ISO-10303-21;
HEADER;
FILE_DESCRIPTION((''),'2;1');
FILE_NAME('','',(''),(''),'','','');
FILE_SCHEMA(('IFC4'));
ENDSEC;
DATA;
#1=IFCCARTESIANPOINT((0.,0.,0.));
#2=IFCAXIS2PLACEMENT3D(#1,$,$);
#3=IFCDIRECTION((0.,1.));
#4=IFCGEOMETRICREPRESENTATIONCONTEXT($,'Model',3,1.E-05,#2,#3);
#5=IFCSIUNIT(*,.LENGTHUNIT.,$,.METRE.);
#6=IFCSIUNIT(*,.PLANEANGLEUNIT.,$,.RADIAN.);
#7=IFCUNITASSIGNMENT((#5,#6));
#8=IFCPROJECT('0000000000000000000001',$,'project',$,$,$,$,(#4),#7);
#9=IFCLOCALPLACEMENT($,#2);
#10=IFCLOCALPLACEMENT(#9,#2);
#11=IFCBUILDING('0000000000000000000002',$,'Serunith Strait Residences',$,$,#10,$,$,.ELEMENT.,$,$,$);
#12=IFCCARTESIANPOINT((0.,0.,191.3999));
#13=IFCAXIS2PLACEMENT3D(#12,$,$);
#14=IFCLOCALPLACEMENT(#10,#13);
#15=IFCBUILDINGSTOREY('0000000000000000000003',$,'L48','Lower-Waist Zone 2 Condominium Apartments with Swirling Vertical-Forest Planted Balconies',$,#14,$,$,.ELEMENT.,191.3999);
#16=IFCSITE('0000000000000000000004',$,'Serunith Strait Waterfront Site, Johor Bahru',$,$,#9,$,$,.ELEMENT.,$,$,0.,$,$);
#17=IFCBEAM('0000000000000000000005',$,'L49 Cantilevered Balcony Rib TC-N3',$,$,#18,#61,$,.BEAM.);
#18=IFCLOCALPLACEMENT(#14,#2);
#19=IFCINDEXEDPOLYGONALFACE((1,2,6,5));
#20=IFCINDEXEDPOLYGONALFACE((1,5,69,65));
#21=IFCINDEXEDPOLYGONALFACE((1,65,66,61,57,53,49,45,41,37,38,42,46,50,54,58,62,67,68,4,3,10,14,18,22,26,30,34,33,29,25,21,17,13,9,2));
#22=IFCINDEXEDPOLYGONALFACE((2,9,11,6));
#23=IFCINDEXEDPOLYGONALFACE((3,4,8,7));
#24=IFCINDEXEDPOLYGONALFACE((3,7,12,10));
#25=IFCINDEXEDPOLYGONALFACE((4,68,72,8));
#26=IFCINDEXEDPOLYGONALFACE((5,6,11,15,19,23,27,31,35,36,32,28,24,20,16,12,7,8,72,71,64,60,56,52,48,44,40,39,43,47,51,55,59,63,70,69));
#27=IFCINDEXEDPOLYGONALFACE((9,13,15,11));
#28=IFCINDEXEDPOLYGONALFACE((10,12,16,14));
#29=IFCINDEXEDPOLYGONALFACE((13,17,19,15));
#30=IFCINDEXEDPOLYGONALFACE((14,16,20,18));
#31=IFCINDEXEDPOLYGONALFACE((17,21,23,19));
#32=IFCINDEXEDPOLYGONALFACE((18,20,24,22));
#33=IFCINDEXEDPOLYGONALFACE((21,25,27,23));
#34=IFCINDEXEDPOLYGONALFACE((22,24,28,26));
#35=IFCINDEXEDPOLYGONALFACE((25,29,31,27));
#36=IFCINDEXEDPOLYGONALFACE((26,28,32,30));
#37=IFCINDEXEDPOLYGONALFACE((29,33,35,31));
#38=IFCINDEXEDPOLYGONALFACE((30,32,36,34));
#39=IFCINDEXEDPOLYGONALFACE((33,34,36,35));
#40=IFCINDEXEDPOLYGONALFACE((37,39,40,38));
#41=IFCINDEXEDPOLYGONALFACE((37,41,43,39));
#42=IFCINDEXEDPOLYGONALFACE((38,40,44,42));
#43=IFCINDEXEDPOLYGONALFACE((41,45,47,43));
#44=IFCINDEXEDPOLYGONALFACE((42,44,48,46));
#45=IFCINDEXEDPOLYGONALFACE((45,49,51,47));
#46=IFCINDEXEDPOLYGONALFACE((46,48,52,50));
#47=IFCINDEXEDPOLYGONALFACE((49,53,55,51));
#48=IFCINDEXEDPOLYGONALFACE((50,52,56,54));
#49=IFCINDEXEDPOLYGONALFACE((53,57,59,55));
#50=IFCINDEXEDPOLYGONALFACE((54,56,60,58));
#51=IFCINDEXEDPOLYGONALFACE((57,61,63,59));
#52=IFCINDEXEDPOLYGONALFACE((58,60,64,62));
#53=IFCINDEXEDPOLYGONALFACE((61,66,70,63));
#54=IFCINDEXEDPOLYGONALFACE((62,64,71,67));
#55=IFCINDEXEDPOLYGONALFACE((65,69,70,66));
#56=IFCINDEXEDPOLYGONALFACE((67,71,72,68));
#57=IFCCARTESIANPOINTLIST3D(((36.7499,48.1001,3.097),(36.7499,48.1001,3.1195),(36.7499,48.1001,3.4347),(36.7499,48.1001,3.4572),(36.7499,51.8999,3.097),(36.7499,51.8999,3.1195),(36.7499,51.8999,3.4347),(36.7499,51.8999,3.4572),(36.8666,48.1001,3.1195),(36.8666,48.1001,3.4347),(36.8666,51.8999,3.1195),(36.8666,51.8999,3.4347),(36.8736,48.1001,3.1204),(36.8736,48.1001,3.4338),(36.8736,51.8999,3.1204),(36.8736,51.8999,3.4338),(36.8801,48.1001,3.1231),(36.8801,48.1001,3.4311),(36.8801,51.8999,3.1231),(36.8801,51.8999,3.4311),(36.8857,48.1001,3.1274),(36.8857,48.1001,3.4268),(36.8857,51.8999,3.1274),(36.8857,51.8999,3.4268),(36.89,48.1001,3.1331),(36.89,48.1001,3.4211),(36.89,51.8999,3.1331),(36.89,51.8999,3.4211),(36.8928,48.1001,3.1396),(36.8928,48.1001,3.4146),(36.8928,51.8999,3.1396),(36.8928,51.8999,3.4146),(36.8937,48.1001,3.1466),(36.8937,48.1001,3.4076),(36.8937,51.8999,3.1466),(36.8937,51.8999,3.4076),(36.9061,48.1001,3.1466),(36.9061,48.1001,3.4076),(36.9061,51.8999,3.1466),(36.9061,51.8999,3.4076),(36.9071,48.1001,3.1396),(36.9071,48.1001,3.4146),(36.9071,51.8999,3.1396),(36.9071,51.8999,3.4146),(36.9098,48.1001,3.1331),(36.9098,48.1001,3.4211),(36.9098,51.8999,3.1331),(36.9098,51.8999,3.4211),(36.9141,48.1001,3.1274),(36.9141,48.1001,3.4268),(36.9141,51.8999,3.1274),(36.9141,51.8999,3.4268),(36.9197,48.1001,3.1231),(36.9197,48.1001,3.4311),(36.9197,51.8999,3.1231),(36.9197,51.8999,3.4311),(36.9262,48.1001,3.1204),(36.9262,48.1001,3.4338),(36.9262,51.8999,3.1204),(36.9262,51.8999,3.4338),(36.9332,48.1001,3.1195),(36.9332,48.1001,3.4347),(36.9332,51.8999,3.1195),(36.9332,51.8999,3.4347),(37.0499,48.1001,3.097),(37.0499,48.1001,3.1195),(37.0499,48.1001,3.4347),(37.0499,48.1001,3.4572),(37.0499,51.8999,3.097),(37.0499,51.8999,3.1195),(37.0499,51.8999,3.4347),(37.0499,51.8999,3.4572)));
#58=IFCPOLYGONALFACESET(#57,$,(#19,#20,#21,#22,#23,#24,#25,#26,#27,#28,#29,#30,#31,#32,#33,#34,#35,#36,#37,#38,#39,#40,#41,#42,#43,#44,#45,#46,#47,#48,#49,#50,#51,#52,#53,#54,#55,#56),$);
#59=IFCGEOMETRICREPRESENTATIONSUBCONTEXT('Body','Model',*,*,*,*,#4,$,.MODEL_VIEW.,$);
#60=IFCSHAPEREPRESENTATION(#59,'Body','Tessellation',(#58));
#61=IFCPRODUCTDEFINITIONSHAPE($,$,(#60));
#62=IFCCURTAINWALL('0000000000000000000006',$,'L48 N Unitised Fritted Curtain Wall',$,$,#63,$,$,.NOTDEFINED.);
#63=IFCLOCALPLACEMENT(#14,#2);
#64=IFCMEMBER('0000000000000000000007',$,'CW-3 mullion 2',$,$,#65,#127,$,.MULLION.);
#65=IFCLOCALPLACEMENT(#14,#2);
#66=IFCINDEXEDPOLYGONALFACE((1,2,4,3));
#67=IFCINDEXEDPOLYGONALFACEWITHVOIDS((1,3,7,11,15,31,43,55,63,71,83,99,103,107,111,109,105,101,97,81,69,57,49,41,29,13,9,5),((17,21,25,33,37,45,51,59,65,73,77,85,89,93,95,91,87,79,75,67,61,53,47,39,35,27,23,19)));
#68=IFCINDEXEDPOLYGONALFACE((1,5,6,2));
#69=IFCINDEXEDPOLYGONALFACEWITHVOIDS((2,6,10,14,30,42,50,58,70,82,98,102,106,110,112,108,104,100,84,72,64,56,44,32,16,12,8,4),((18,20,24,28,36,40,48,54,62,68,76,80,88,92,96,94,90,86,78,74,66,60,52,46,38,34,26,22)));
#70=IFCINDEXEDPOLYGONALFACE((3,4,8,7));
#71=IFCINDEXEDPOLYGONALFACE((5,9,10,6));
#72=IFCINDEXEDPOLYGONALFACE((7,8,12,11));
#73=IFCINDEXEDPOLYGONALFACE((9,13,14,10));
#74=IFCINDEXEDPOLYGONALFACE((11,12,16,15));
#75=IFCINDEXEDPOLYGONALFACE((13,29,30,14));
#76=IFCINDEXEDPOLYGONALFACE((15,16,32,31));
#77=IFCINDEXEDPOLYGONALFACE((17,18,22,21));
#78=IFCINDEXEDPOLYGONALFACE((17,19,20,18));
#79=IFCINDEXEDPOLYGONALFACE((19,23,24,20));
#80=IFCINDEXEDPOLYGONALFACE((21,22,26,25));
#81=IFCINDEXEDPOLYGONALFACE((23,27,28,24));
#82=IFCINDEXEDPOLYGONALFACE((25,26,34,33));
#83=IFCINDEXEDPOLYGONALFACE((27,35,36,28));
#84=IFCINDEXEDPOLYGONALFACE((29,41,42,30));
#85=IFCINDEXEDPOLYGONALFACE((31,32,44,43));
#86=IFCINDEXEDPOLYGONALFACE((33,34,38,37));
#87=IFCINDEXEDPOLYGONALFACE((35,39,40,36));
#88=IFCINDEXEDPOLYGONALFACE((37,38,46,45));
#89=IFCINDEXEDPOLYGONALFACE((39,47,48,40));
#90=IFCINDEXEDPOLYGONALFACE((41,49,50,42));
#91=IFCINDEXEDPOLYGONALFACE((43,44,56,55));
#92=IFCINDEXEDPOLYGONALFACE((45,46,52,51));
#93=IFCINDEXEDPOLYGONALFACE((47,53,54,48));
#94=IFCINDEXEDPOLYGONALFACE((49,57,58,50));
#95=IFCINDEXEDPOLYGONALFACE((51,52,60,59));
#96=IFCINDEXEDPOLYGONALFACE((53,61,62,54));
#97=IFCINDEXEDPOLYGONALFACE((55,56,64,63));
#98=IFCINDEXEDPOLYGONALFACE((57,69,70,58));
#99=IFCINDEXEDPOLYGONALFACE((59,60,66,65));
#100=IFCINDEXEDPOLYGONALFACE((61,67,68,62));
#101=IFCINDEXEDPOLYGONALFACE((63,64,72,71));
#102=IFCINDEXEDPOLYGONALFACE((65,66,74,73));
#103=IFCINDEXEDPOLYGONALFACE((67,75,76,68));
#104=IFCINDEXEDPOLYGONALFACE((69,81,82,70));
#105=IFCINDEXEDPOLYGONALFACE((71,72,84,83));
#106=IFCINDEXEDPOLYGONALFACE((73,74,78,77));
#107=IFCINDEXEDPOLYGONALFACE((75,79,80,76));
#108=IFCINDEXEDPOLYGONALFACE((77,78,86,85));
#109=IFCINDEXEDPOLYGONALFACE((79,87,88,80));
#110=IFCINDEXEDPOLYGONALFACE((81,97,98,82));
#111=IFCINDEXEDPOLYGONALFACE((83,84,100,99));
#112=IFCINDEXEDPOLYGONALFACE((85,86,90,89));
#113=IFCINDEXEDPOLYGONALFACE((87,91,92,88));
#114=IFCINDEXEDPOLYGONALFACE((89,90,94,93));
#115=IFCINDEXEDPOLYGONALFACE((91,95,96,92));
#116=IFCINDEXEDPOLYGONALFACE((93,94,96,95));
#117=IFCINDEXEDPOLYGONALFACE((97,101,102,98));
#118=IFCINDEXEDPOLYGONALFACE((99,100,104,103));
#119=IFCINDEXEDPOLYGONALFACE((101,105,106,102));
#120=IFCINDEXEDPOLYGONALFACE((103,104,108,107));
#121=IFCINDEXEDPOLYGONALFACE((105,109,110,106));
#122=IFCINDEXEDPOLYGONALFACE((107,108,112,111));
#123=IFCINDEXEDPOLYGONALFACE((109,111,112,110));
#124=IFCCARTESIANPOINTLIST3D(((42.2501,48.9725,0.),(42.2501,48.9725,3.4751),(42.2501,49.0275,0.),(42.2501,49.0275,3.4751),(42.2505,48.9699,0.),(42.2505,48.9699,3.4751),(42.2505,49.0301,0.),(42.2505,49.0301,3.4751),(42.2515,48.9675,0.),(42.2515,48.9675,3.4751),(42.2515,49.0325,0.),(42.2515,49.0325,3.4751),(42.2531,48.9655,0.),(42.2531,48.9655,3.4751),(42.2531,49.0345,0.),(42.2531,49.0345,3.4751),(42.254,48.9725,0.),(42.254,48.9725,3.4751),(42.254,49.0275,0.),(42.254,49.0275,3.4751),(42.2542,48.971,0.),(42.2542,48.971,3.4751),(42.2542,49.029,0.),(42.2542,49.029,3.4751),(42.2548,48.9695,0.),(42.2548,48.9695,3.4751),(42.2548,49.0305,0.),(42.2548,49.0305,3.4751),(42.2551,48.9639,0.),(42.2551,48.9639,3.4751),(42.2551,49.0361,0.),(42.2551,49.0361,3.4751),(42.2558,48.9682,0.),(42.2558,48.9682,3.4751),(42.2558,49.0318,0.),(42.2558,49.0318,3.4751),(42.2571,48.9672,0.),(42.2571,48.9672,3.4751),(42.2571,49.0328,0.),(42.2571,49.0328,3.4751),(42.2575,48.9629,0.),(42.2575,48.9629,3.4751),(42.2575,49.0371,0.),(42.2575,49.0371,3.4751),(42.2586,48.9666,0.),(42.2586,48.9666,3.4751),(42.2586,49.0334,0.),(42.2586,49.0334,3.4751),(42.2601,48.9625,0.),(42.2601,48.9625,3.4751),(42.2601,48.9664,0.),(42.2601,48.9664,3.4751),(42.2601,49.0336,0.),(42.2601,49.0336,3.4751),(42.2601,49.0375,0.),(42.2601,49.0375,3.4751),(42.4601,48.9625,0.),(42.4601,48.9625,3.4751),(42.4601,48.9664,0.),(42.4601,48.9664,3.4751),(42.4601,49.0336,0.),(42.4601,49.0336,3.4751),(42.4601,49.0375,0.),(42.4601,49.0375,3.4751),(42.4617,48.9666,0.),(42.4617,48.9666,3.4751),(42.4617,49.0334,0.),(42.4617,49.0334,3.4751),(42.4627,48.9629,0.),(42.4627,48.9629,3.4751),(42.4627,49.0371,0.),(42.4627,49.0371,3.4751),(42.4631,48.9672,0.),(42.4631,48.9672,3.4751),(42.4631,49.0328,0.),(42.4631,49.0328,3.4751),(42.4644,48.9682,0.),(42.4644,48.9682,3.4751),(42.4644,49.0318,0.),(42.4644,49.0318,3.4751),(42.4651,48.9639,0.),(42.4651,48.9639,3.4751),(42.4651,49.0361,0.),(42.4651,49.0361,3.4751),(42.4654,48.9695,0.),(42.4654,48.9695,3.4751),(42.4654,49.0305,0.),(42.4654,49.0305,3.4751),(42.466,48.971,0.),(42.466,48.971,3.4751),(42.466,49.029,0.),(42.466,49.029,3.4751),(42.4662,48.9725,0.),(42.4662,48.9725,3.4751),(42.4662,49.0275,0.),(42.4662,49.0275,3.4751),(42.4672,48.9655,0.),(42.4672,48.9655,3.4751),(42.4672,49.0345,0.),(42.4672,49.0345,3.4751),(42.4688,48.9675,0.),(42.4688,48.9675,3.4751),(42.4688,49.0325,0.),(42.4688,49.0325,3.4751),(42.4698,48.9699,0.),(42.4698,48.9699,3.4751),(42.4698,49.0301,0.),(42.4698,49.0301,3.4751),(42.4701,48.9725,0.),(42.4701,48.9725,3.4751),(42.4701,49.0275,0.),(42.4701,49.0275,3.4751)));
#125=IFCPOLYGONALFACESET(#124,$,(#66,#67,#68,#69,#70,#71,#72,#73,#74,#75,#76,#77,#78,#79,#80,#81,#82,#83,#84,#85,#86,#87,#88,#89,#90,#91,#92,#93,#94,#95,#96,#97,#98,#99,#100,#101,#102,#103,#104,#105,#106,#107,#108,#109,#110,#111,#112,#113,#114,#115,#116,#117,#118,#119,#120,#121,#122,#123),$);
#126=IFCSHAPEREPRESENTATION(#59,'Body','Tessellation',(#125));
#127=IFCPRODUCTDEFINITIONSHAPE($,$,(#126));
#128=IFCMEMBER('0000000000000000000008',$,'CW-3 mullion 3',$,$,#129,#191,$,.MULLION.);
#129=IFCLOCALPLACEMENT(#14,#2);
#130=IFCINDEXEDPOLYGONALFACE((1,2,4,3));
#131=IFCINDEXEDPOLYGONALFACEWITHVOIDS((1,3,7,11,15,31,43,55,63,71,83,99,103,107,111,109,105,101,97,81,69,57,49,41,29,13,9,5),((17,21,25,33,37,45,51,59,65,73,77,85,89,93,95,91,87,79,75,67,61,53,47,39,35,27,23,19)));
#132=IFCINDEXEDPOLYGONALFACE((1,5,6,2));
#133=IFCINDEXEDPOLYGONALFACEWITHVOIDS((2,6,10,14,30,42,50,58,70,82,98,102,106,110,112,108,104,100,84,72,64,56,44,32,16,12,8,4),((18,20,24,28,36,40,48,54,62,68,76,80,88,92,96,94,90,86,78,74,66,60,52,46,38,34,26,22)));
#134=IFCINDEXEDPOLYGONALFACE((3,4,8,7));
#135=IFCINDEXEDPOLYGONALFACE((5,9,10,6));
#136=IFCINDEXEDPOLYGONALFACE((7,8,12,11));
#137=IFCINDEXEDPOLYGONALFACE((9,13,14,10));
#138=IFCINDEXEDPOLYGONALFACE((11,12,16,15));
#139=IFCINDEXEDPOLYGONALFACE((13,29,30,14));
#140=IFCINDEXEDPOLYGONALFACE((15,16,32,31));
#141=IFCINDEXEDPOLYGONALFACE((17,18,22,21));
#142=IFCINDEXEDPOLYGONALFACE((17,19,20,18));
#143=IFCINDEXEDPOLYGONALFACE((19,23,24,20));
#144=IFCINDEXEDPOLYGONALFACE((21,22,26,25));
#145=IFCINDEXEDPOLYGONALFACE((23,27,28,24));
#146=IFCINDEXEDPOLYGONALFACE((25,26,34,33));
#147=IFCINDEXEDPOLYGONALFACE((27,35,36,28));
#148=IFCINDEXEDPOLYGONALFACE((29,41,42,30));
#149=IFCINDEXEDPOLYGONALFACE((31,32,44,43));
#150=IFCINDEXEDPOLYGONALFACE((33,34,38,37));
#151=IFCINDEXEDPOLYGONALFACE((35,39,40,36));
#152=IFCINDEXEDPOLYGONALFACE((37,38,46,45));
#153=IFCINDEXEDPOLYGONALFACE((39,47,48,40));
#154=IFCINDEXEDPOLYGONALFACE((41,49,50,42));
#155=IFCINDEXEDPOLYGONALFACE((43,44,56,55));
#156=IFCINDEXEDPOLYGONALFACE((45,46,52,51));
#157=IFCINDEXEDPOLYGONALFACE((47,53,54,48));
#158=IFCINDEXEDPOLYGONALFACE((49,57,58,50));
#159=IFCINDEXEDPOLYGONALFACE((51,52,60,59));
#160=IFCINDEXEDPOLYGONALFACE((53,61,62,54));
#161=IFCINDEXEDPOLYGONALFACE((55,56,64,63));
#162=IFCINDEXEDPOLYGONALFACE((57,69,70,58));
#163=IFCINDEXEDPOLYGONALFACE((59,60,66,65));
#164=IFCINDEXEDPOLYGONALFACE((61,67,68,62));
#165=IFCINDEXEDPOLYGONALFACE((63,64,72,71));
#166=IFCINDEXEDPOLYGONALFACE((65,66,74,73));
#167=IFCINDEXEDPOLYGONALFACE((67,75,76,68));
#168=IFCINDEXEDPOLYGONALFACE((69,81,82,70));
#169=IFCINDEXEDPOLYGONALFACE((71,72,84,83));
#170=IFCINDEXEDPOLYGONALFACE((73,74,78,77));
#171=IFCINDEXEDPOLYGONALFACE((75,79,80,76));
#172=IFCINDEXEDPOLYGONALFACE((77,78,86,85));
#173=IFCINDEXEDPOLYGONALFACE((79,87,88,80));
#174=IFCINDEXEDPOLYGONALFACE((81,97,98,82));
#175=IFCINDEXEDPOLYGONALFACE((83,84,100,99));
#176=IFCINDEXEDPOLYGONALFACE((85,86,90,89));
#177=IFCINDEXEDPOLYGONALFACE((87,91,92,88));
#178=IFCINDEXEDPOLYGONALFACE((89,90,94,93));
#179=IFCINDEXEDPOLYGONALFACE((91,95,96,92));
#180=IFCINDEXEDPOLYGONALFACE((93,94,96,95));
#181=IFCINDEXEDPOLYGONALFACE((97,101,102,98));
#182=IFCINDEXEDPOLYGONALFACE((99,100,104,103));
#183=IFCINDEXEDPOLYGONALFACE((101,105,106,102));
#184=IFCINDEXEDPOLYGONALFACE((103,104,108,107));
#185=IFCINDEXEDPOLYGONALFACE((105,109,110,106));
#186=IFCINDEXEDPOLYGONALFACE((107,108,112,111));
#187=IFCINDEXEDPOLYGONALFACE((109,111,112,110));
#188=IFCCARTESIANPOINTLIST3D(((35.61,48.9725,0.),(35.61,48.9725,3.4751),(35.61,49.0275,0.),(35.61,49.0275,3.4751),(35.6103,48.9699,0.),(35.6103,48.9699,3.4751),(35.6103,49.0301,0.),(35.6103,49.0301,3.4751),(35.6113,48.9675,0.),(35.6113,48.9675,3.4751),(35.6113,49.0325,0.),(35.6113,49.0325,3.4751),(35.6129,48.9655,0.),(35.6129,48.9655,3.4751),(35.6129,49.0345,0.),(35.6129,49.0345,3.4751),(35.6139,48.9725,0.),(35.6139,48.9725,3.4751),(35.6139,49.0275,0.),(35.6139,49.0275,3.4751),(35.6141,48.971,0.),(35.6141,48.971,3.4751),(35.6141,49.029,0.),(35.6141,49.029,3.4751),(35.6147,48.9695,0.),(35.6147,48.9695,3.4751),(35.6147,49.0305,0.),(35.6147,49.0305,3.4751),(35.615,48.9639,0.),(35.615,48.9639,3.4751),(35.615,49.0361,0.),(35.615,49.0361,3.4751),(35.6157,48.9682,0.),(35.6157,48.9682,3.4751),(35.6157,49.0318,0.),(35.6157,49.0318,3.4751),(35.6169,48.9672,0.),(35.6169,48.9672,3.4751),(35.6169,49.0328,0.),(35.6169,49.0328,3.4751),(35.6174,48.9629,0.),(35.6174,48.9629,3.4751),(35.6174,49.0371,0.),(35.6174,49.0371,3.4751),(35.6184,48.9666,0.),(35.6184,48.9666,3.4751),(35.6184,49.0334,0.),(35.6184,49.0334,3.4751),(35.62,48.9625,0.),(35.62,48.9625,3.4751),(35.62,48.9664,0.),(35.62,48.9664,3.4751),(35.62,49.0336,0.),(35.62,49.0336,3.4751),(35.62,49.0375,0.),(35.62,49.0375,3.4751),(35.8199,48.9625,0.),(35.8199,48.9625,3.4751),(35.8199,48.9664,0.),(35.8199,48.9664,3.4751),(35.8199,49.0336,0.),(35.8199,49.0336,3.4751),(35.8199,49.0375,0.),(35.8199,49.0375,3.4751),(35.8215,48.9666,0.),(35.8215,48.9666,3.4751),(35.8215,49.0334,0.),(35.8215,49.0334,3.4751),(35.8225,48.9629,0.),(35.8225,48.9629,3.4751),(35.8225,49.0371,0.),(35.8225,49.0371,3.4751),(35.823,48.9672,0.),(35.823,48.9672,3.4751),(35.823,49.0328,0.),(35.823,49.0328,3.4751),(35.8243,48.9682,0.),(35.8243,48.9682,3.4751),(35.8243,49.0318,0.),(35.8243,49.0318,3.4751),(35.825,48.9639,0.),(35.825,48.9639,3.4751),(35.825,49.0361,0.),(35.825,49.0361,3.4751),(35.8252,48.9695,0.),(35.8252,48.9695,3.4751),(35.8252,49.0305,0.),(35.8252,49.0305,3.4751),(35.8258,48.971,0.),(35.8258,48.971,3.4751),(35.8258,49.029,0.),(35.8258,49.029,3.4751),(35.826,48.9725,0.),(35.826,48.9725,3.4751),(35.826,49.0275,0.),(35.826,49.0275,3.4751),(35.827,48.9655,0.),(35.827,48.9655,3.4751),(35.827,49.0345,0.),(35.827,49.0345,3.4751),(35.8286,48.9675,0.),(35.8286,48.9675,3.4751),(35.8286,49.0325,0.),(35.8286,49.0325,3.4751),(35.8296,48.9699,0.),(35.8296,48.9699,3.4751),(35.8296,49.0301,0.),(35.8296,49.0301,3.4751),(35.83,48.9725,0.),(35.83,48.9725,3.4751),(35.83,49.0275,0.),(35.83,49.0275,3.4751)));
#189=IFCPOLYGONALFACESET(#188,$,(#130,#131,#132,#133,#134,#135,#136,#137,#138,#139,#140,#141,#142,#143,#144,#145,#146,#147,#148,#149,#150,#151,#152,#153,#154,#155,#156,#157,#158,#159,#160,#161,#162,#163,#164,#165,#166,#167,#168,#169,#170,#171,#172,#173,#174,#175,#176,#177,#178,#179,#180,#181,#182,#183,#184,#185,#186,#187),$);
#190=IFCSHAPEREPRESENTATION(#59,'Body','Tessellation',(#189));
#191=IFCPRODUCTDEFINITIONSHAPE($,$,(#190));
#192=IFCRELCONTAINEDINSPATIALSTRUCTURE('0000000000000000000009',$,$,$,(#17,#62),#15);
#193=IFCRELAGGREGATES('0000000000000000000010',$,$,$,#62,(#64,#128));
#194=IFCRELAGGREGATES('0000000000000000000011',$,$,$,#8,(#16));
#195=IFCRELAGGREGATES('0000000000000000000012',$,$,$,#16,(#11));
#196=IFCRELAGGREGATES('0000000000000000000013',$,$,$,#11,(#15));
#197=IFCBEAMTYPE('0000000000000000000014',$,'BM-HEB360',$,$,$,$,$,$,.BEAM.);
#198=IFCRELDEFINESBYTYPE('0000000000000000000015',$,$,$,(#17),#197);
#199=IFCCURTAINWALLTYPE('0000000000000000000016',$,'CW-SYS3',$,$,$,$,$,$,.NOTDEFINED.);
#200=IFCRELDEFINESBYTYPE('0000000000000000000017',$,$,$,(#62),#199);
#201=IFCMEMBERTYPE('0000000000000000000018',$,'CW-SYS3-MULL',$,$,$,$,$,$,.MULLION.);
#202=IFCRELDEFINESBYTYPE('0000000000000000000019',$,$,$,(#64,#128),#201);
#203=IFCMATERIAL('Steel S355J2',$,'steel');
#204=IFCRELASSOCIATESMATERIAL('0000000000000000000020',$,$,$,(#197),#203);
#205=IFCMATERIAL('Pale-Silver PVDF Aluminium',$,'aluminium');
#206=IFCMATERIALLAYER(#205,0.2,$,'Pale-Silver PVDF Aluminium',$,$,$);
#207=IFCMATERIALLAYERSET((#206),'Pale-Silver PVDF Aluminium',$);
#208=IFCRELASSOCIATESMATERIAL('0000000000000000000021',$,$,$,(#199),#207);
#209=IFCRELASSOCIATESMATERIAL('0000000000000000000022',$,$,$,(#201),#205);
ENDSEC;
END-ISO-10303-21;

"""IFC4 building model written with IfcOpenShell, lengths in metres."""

from ifc_helpers import new_model, si_unit, direction, frame, origin, origin_2d, place, context, subcontext, project, spatial, hollow_rectangle, i_section, extrude, source, transform, mapped, material, layer, layer_set, material_profile, profile_set, type_object, element, aggregate, save


model = new_model("IFC4")

# Units and contexts
model_context = context("Model", 3, precision=1e-05, world=origin(), true_north=direction((0.0, 1.0)))
body_context = subcontext(model_context, "Body", "Model", "MODEL_VIEW")
ifc_project = project(units=[si_unit("LENGTHUNIT", "METRE"), si_unit("PLANEANGLEUNIT", "RADIAN")], contexts=[model_context])

# Site, building, storey
site_placement = place(None, origin())
site = spatial("IfcSite", under=ifc_project, at=site_placement, Name="Serunith Strait Waterfront Site, Johor Bahru", CompositionType="ELEMENT", RefElevation=0.0)
building_placement = place(site_placement, origin())
building = spatial("IfcBuilding", under=site, at=building_placement, Name="Serunith Strait Residences", CompositionType="ELEMENT")
storey_placement = place(building_placement, frame((0.0, 0.0, 191.3999)))
storey = spatial("IfcBuildingStorey", under=building, at=storey_placement, Name="L48", Description="Lower-Waist Zone 2 Condominium Apartments with Swirling Vertical-Forest Planted Balconies", CompositionType="ELEMENT", Elevation=191.3999)

# Beam
ifc_material_1 = material(Name="Steel S355J2", Category="steel")
ifc_material_profile_1 = material_profile(ifc_material_1, i_section(OverallWidth=0.3, OverallDepth=0.3601, WebThickness=0.0125, FlangeThickness=0.0225, FilletRadius=0.0271, at=origin_2d()), Name="HEB 360")
ifc_profile_set_1 = profile_set([ifc_material_profile_1], Name="Steel S355J2")
beam_type_1 = type_object("IfcBeamType", Name="BM-HEB360", PredefinedType="BEAM", material=ifc_profile_set_1)
shared_shape_1 = source(origin(), body_context, "Body", "SweptSolid", [
    extrude(i_section(OverallWidth=0.3, OverallDepth=0.3601, WebThickness=0.0125, FlangeThickness=0.0225, FilletRadius=0.0271, at=origin_2d()), origin(), (0.0, 0.0, 1.0), 3.7998),
])
beam_1_placement = place(storey_placement, frame((36.8999, 48.1001, 3.2771), z_axis=(0.0, 1.0, 0.0), x_axis=(-1.0, 0.0, 0.0)))
element("IfcBeam", 1, at=beam_1_placement, inside=storey, type_object=beam_type_1, Name="L49 Cantilevered Balcony Rib TC-N3", PredefinedType="BEAM", context=body_context, shape_type="MappedRepresentation", body=[
    mapped(shared_shape_1, transform((0.0, 0.0, 0.0), scale=1.0)),
])

# Curtain wall, members
ifc_material_2 = material(Name="Pale-Silver PVDF Aluminium", Category="aluminium")
ifc_layer_1 = layer(ifc_material_2, 0.2, Name="Pale-Silver PVDF Aluminium")
ifc_layer_set_1 = layer_set([ifc_layer_1], Name="Pale-Silver PVDF Aluminium")
curtain_wall_type = type_object("IfcCurtainWallType", Name="CW-SYS3", PredefinedType="NOTDEFINED", material=ifc_layer_set_1)
curtain_wall_placement = place(storey_placement, origin())
curtain_wall = element("IfcCurtainWall", 2, at=curtain_wall_placement, inside=storey, type_object=curtain_wall_type, Name="L48 N Unitised Fritted Curtain Wall", PredefinedType="NOTDEFINED")
ifc_material_profile_2 = material_profile(ifc_material_2, hollow_rectangle(XDim=0.075, YDim=0.22, WallThickness=0.0039, InnerFilletRadius=0.0061, OuterFilletRadius=0.01, at=origin_2d()), Name="ALU 220x75x4")
ifc_profile_set_2 = profile_set([ifc_material_profile_2], Name="Pale-Silver PVDF Aluminium")
member_type_1 = type_object("IfcMemberType", Name="CW-SYS3-MULL", PredefinedType="MULLION", material=ifc_profile_set_2)
shared_shape_2 = source(origin(), body_context, "Body", "SweptSolid", [
    extrude(hollow_rectangle(XDim=0.075, YDim=0.22, WallThickness=0.0039, InnerFilletRadius=0.0061, OuterFilletRadius=0.01, at=origin_2d()), origin(), (0.0, 0.0, 1.0), 3.4751),
])
member_1_placement = place(storey_placement, frame((42.3601, 49.0, 0.0), z_axis=(0.0, 0.0, 1.0), x_axis=(0.0, -1.0, 0.0)))
member_1 = element("IfcMember", 3, at=member_1_placement, type_object=member_type_1, Name="CW-3 mullion 2", PredefinedType="MULLION", context=body_context, shape_type="MappedRepresentation", body=[
    mapped(shared_shape_2, transform((0.0, 0.0, 0.0), scale=1.0)),
])
member_2_placement = place(storey_placement, frame((35.72, 49.0, 0.0), z_axis=(0.0, 0.0, 1.0), x_axis=(0.0, -1.0, 0.0)))
member_2 = element("IfcMember", 4, at=member_2_placement, type_object=member_type_1, Name="CW-3 mullion 3", PredefinedType="MULLION", context=body_context, shape_type="MappedRepresentation", body=[
    mapped(shared_shape_2, transform((0.0, 0.0, 0.0), scale=1.0)),
])
aggregate(curtain_wall, [member_1, member_2])

save(model, "model.ifc")
